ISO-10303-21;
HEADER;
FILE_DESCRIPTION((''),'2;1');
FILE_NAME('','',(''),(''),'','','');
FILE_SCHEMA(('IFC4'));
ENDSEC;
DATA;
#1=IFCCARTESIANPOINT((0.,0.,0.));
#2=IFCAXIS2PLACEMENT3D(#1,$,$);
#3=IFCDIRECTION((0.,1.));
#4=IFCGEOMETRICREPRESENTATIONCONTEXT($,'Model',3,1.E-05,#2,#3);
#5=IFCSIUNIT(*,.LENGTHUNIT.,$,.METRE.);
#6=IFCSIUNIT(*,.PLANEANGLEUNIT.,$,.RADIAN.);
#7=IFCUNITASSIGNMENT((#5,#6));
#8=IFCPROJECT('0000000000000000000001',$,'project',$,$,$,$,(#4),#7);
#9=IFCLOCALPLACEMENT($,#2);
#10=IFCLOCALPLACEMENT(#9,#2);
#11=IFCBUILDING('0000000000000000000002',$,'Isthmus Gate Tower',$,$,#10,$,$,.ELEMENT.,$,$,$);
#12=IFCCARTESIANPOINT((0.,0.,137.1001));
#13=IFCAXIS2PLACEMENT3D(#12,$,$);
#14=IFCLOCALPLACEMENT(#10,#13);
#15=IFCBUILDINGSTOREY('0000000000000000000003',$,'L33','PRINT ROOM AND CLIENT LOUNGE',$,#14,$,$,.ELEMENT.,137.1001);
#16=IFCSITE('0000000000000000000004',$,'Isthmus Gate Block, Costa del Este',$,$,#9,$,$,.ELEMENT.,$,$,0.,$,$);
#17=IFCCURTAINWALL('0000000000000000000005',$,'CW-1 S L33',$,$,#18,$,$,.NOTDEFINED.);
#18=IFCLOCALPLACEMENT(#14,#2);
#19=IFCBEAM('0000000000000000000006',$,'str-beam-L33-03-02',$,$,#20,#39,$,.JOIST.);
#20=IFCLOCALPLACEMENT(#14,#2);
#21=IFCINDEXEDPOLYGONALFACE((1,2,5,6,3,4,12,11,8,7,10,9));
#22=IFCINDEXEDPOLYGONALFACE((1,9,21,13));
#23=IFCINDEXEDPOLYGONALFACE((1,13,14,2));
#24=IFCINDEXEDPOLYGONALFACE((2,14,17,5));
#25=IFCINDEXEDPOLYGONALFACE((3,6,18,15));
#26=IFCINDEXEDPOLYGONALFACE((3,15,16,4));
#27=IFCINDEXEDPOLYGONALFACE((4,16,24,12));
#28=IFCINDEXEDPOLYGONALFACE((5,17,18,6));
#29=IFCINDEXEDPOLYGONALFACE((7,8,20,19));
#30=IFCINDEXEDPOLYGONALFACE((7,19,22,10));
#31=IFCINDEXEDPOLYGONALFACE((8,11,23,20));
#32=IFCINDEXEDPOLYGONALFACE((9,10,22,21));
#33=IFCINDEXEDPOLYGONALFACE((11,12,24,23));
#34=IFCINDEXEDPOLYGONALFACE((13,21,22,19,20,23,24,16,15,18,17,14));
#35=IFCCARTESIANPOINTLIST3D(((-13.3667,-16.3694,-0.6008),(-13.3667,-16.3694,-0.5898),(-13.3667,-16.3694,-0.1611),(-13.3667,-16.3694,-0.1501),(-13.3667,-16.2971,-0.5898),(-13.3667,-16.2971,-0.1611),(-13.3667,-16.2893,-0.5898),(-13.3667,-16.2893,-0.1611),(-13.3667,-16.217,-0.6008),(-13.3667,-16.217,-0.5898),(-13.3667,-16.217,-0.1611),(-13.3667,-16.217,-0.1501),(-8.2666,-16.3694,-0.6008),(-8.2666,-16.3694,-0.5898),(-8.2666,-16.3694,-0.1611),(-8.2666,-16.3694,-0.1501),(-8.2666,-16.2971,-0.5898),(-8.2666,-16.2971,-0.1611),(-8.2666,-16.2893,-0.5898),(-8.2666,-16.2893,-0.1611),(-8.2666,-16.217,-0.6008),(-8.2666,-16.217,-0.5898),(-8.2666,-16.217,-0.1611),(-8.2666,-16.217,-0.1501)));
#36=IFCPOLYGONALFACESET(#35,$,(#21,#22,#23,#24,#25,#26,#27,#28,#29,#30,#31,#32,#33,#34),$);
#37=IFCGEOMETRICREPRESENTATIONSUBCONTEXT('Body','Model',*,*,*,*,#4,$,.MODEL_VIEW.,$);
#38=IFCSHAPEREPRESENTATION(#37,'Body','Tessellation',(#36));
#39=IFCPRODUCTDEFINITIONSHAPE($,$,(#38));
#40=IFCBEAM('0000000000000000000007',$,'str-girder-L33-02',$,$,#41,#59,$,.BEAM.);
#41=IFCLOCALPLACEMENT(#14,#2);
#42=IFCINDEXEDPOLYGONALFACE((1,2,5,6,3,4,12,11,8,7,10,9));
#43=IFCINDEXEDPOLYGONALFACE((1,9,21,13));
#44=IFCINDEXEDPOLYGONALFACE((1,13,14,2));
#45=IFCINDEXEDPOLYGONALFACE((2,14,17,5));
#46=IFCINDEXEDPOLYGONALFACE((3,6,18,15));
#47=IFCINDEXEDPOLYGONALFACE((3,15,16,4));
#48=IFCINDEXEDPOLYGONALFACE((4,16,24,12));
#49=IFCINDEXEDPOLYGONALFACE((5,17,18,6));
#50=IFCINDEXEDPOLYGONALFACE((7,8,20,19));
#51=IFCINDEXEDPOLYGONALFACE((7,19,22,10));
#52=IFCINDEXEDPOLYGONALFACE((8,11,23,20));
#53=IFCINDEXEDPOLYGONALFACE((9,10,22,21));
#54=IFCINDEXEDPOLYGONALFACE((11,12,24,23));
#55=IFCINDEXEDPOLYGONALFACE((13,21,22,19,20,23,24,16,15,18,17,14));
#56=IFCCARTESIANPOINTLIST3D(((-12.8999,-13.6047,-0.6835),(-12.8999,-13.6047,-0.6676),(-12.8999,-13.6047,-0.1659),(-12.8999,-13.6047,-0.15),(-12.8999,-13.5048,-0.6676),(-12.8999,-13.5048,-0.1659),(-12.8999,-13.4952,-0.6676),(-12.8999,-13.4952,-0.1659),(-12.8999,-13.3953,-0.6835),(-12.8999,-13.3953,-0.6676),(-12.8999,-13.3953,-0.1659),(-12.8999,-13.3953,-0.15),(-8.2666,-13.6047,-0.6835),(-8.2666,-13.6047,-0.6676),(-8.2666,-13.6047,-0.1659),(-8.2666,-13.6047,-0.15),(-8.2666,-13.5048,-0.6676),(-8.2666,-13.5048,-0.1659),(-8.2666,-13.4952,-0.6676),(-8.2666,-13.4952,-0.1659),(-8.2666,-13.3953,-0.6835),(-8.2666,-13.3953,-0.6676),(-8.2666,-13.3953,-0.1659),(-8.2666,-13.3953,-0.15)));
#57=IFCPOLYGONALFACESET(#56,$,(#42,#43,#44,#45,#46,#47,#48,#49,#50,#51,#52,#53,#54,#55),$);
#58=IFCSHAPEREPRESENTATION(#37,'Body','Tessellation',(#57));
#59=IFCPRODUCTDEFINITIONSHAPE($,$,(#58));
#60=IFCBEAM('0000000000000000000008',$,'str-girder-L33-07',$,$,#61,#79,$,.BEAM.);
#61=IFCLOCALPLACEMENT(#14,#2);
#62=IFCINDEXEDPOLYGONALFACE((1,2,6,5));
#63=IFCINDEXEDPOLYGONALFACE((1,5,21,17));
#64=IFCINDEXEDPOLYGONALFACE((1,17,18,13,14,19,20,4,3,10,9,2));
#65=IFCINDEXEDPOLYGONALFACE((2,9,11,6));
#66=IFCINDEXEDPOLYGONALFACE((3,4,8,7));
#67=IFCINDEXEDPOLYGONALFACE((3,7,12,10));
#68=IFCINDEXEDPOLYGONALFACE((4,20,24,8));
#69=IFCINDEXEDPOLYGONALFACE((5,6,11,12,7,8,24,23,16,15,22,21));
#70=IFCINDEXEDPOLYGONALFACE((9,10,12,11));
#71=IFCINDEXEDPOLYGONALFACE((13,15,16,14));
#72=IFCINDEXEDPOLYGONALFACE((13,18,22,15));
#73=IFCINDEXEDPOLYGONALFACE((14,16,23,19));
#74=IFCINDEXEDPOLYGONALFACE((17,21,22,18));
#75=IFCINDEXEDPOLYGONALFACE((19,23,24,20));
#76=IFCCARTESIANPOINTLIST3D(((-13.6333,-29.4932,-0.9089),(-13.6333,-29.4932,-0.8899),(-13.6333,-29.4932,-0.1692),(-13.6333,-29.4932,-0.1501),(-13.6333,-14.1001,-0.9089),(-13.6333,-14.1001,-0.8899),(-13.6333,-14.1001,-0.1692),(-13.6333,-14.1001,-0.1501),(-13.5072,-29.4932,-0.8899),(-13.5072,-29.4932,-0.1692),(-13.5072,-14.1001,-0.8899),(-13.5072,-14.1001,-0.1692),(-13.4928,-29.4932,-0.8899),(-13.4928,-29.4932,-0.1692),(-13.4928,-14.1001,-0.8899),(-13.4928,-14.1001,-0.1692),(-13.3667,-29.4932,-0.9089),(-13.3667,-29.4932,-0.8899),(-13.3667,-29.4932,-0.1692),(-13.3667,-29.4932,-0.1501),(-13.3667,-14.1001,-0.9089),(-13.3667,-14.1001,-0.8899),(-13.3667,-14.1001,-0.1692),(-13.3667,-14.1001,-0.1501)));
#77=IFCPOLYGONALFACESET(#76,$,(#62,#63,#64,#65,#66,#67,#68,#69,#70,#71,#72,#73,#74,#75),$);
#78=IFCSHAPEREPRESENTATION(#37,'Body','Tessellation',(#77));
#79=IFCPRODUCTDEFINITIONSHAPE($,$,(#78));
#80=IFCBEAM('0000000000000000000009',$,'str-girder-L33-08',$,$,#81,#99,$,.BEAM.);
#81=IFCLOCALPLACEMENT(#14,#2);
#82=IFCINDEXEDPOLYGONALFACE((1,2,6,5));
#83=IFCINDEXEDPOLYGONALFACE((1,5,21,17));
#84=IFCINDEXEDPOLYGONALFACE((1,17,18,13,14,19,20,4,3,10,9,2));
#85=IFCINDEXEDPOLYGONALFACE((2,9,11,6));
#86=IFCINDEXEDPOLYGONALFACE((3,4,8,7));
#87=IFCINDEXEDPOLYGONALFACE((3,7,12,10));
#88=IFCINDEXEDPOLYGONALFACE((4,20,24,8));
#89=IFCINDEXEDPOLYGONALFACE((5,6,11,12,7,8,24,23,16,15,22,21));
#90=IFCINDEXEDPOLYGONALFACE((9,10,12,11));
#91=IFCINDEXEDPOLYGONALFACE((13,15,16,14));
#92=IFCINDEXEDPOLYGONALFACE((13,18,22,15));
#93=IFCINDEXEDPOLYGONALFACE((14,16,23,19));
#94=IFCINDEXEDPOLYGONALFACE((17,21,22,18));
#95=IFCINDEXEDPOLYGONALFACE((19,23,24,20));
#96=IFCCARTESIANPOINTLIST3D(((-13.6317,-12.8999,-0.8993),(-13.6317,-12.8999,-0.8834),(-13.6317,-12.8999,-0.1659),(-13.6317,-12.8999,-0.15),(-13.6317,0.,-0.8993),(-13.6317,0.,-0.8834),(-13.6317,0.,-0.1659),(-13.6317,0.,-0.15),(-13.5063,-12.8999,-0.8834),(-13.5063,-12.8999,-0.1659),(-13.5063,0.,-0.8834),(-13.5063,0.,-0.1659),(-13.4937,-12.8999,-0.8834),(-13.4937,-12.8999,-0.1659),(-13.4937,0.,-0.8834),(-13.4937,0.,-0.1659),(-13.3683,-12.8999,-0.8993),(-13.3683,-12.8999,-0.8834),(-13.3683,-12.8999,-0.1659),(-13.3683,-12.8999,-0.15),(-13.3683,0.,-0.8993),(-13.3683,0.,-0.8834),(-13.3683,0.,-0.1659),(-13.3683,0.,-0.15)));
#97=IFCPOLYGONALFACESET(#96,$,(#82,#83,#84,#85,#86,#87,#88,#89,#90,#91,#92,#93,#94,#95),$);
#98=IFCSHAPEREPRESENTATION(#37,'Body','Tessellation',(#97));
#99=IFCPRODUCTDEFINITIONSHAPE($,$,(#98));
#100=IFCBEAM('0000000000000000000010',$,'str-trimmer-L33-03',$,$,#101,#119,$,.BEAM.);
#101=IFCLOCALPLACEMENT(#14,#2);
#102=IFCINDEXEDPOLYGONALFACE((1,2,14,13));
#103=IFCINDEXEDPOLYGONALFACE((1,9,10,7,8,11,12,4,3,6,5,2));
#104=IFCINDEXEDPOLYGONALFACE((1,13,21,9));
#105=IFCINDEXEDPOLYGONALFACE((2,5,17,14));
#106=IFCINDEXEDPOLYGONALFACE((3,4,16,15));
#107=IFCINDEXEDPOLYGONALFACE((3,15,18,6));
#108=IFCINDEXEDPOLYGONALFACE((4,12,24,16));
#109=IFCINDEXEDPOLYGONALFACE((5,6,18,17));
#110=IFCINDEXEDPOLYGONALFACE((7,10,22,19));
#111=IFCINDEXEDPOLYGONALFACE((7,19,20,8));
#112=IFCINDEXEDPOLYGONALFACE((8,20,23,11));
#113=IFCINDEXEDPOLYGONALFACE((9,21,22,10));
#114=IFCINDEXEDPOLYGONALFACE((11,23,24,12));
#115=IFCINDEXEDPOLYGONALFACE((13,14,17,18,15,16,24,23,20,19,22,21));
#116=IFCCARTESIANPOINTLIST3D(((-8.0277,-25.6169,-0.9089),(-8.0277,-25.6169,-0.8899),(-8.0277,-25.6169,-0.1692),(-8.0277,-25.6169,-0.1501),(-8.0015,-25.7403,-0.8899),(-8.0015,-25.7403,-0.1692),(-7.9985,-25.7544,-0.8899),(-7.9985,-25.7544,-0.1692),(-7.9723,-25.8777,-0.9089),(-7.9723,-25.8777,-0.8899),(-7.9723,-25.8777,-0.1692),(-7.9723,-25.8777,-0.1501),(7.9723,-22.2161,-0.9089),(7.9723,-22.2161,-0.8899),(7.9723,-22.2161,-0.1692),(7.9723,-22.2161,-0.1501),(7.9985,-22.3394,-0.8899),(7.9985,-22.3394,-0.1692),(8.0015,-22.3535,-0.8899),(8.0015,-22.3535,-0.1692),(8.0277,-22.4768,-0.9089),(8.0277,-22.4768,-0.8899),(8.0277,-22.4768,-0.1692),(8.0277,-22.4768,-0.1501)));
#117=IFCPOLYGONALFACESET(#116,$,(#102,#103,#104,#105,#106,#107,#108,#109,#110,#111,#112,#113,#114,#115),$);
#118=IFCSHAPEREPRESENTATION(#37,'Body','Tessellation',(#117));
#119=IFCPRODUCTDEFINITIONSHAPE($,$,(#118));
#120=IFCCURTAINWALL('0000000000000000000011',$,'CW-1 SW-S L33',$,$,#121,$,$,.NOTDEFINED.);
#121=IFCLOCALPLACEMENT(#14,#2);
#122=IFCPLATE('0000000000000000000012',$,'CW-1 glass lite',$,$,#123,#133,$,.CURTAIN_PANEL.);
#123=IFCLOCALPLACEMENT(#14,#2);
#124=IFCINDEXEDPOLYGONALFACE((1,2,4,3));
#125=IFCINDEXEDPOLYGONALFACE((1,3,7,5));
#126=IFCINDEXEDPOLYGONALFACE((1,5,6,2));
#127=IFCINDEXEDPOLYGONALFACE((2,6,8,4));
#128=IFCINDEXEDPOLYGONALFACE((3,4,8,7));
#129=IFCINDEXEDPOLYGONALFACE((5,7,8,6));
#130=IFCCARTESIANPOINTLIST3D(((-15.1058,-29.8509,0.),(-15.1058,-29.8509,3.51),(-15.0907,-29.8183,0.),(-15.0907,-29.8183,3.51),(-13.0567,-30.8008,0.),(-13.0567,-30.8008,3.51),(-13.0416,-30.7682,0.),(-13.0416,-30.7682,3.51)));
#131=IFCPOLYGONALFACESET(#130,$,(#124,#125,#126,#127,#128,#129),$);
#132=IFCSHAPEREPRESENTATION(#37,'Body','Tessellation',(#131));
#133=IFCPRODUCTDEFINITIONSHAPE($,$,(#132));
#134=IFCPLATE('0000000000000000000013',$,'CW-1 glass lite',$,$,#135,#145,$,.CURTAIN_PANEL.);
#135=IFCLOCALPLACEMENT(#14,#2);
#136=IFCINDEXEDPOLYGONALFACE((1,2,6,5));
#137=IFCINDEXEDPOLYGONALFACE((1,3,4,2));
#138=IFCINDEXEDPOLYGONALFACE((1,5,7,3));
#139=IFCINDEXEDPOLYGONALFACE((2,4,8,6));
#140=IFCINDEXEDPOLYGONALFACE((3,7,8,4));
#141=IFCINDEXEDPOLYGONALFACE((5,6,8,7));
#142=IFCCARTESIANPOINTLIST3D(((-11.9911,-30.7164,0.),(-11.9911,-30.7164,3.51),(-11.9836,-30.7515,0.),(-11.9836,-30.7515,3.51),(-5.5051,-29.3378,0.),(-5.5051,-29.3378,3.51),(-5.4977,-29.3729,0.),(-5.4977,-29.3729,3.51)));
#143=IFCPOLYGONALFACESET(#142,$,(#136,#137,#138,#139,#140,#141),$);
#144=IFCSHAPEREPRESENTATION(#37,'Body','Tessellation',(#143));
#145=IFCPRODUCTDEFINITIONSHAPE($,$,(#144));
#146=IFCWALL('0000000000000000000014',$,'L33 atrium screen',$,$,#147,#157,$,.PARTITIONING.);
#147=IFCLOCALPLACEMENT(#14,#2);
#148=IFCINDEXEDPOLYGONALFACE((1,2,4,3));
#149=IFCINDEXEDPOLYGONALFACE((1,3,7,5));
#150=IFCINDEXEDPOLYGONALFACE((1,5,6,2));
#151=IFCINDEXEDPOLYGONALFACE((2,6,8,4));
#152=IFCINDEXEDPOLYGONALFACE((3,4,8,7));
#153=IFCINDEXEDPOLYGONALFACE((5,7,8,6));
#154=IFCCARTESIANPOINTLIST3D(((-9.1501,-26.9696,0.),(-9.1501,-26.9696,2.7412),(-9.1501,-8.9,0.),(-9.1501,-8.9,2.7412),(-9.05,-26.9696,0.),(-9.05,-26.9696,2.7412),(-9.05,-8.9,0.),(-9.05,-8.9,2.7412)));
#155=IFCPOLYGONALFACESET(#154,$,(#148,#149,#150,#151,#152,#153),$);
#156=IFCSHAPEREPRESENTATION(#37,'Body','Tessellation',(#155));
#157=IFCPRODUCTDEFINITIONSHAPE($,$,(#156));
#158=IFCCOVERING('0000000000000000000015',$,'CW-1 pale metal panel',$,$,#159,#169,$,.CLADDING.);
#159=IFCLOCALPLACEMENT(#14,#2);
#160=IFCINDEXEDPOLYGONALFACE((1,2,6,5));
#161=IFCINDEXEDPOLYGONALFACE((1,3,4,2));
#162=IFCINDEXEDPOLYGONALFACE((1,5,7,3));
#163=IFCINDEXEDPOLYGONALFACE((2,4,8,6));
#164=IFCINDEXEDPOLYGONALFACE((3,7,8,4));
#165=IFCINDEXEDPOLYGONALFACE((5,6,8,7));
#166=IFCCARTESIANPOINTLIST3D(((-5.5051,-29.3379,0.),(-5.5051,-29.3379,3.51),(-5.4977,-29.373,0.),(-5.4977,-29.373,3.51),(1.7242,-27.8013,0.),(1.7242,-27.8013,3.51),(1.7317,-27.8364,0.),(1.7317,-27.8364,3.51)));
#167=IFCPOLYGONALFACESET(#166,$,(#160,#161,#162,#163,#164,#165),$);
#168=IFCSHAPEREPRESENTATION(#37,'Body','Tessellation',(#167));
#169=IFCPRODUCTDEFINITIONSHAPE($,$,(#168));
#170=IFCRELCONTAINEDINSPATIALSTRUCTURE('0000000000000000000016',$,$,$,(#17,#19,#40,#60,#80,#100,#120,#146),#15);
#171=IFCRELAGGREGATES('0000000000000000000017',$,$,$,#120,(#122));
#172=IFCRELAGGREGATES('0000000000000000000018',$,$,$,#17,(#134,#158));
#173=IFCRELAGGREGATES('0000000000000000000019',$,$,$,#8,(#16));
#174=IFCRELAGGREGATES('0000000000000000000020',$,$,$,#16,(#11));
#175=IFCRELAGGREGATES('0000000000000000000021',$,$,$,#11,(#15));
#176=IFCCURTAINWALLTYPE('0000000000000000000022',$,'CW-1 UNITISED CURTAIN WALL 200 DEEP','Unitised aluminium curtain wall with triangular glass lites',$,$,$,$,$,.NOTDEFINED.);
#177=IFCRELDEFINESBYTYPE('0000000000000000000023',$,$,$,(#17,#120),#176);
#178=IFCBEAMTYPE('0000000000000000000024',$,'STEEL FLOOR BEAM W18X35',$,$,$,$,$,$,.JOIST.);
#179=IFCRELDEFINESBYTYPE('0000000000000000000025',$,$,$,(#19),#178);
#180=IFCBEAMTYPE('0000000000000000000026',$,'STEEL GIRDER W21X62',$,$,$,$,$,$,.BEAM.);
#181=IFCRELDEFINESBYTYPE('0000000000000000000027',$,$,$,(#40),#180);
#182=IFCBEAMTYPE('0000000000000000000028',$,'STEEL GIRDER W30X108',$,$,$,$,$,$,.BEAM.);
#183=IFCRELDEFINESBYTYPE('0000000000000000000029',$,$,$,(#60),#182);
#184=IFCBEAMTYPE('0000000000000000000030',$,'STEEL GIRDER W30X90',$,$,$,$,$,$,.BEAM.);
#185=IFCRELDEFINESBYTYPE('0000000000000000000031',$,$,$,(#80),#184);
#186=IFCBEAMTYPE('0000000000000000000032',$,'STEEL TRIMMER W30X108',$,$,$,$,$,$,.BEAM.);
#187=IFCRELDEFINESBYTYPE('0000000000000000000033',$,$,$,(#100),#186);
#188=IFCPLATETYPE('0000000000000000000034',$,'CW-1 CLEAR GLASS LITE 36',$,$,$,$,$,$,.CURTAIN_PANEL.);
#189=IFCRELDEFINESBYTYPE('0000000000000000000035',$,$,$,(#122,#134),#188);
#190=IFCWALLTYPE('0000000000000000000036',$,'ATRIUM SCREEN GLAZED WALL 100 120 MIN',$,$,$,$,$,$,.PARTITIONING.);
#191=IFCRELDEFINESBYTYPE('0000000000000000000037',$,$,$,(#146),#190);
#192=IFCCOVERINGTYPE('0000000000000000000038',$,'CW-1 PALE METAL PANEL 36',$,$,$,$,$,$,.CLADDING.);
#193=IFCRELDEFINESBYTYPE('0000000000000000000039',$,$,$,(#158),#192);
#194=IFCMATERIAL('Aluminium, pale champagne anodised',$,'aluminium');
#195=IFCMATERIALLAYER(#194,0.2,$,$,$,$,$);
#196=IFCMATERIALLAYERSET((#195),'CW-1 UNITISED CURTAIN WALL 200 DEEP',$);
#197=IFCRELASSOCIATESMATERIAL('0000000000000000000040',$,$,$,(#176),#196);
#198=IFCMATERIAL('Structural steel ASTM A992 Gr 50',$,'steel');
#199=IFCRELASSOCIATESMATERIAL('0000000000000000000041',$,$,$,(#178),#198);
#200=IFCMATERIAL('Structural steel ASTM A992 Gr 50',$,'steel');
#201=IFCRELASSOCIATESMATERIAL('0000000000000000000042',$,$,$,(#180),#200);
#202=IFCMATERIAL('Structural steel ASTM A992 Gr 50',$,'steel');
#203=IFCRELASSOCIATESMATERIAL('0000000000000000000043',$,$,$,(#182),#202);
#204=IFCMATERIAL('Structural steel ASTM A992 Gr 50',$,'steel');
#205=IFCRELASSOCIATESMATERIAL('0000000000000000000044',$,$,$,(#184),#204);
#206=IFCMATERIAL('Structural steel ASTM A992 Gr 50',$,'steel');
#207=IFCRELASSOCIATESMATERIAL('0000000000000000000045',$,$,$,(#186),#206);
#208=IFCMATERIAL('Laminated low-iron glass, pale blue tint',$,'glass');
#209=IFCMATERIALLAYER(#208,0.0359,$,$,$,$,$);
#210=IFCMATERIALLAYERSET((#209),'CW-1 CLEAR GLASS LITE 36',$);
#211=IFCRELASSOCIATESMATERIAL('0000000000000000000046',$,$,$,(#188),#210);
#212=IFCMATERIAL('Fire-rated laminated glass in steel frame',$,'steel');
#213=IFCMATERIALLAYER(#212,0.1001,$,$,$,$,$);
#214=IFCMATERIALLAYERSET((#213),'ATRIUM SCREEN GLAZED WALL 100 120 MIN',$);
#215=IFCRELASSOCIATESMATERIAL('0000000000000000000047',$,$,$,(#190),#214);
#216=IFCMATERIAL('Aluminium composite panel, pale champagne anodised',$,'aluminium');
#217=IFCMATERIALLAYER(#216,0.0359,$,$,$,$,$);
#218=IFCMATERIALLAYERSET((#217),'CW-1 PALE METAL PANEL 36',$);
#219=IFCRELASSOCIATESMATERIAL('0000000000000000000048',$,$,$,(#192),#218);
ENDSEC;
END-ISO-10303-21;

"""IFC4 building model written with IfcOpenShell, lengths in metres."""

from ifc_helpers import new_model, si_unit, direction, frame, frame_2d, origin, origin_2d, place, context, subcontext, project, spatial, rectangle, i_section, extrude, material, layer, layer_set, material_profile, profile_set, type_object, element, aggregate, save


model = new_model("IFC4")

# Units and contexts
model_context = context("Model", 3, precision=1e-05, world=origin(), true_north=direction((0.0, 1.0)))
body_context = subcontext(model_context, "Body", "Model", "MODEL_VIEW")
ifc_project = project(units=[si_unit("LENGTHUNIT", "METRE"), si_unit("PLANEANGLEUNIT", "RADIAN")], contexts=[model_context])

# Site, building, storey
site_placement = place(None, origin())
site = spatial("IfcSite", under=ifc_project, at=site_placement, Name="Isthmus Gate Block, Costa del Este", CompositionType="ELEMENT", RefElevation=0.0)
building_placement = place(site_placement, origin())
building = spatial("IfcBuilding", under=site, at=building_placement, Name="Isthmus Gate Tower", CompositionType="ELEMENT")
storey_placement = place(building_placement, frame((0.0, 0.0, 137.1001)))
storey = spatial("IfcBuildingStorey", under=building, at=storey_placement, Name="L33", Description="PRINT ROOM AND CLIENT LOUNGE", CompositionType="ELEMENT", Elevation=137.1001)

# Curtain wall
ifc_material_1 = material(Name="Aluminium, pale champagne anodised", Category="aluminium")
ifc_layer_1 = layer(ifc_material_1, 0.2)
ifc_layer_set_1 = layer_set([ifc_layer_1], Name="CW-1 UNITISED CURTAIN WALL 200 DEEP")
curtain_wall_type = type_object("IfcCurtainWallType", Name="CW-1 UNITISED CURTAIN WALL 200 DEEP", Description="Unitised aluminium curtain wall with triangular glass lites", PredefinedType="NOTDEFINED", material=ifc_layer_set_1)
curtain_wall_1_placement = place(storey_placement, origin())
curtain_wall_1 = element("IfcCurtainWall", 1, at=curtain_wall_1_placement, inside=storey, type_object=curtain_wall_type, Name="CW-1 S L33", PredefinedType="NOTDEFINED")

# Beams
ifc_material_2 = material(Name="Structural steel ASTM A992 Gr 50", Category="steel")
ifc_material_profile_1 = material_profile(ifc_material_2, i_section(OverallWidth=0.1523, OverallDepth=0.4507, WebThickness=0.0078, FlangeThickness=0.011, at=origin_2d()), Name="W18X35")
ifc_profile_set_1 = profile_set([ifc_material_profile_1], Name="Structural steel ASTM A992 Gr 50")
beam_type_1 = type_object("IfcBeamType", Name="STEEL FLOOR BEAM W18X35", PredefinedType="JOIST", material=ifc_profile_set_1)
for number, where, z_axis, x_axis, name in (
    (2, (-13.3667, -16.2932, -0.3755), (1.0, 0.0, 0.0), (0.0, 1.0, 0.0), "str-beam-L33-03-02"),
):
    element("IfcBeam", number, at=place(storey_placement, frame(where, z_axis=z_axis, x_axis=x_axis)), inside=storey, type_object=beam_type_1, Name=name, PredefinedType="JOIST", context=body_context, shape_type="SweptSolid", body=[
        extrude(i_section(OverallWidth=0.1523, OverallDepth=0.4507, WebThickness=0.0078, FlangeThickness=0.011, at=origin_2d()), origin(), (0.0, 0.0, 1.0), 5.1001),
    ])
ifc_material_3 = material(Name="Structural steel ASTM A992 Gr 50", Category="steel")
ifc_material_profile_2 = material_profile(ifc_material_3, i_section(OverallWidth=0.2095, OverallDepth=0.5334, WebThickness=0.0095, FlangeThickness=0.0159, at=origin_2d()), Name="W21X62")
ifc_profile_set_2 = profile_set([ifc_material_profile_2], Name="Structural steel ASTM A992 Gr 50")
beam_type_2 = type_object("IfcBeamType", Name="STEEL GIRDER W21X62", PredefinedType="BEAM", material=ifc_profile_set_2)
beam_1_placement = place(storey_placement, frame((-12.8999, -13.5, -0.4167), z_axis=(1.0, 0.0, 0.0), x_axis=(0.0, 1.0, 0.0)))
element("IfcBeam", 3, at=beam_1_placement, inside=storey, type_object=beam_type_2, Name="str-girder-L33-02", PredefinedType="BEAM", context=body_context, shape_type="SweptSolid", body=[
    extrude(i_section(OverallWidth=0.2095, OverallDepth=0.5334, WebThickness=0.0095, FlangeThickness=0.0159, at=origin_2d()), origin(), (0.0, 0.0, 1.0), 4.6333),
])
ifc_material_4 = material(Name="Structural steel ASTM A992 Gr 50", Category="steel")
ifc_material_profile_3 = material_profile(ifc_material_4, i_section(OverallWidth=0.2666, OverallDepth=0.7588, WebThickness=0.0144, FlangeThickness=0.019, at=origin_2d()), Name="W30X108")
ifc_profile_set_3 = profile_set([ifc_material_profile_3], Name="Structural steel ASTM A992 Gr 50")
beam_type_3 = type_object("IfcBeamType", Name="STEEL GIRDER W30X108", PredefinedType="BEAM", material=ifc_profile_set_3)
beam_2_placement = place(storey_placement, frame((-13.5, -29.4932, -0.5295), z_axis=(0.0, 1.0, 0.0), x_axis=(-1.0, 0.0, 0.0)))
element("IfcBeam", 4, at=beam_2_placement, inside=storey, type_object=beam_type_3, Name="str-girder-L33-07", PredefinedType="BEAM", context=body_context, shape_type="SweptSolid", body=[
    extrude(i_section(OverallWidth=0.2666, OverallDepth=0.7588, WebThickness=0.0144, FlangeThickness=0.019, at=origin_2d()), origin(), (0.0, 0.0, 1.0), 15.3931),
])
ifc_material_5 = material(Name="Structural steel ASTM A992 Gr 50", Category="steel")
ifc_material_profile_4 = material_profile(ifc_material_5, i_section(OverallWidth=0.2634, OverallDepth=0.7493, WebThickness=0.0127, FlangeThickness=0.0159, at=origin_2d()), Name="W30X90")
ifc_profile_set_4 = profile_set([ifc_material_profile_4], Name="Structural steel ASTM A992 Gr 50")
beam_type_4 = type_object("IfcBeamType", Name="STEEL GIRDER W30X90", PredefinedType="BEAM", material=ifc_profile_set_4)
beam_3_placement = place(storey_placement, frame((-13.5, -12.8999, -0.5247), z_axis=(0.0, 1.0, 0.0), x_axis=(-1.0, 0.0, 0.0)))
element("IfcBeam", 5, at=beam_3_placement, inside=storey, type_object=beam_type_4, Name="str-girder-L33-08", PredefinedType="BEAM", context=body_context, shape_type="SweptSolid", body=[
    extrude(i_section(OverallWidth=0.2634, OverallDepth=0.7493, WebThickness=0.0127, FlangeThickness=0.0159, at=origin_2d()), origin(), (0.0, 0.0, 1.0), 12.8999),
])
ifc_material_6 = material(Name="Structural steel ASTM A992 Gr 50", Category="steel")
ifc_material_profile_5 = material_profile(ifc_material_6, i_section(OverallWidth=0.2666, OverallDepth=0.7588, WebThickness=0.0144, FlangeThickness=0.019, at=origin_2d()), Name="W30X108")
ifc_profile_set_5 = profile_set([ifc_material_profile_5], Name="Structural steel ASTM A992 Gr 50")
beam_type_5 = type_object("IfcBeamType", Name="STEEL TRIMMER W30X108", PredefinedType="BEAM", material=ifc_profile_set_5)
beam_4_placement = place(storey_placement, frame((-8.0, -25.7473, -0.5295), z_axis=(0.978148, 0.20791, 0.0), x_axis=(-0.20791, 0.978148, 0.0)))
element("IfcBeam", 6, at=beam_4_placement, inside=storey, type_object=beam_type_5, Name="str-trimmer-L33-03", PredefinedType="BEAM", context=body_context, shape_type="SweptSolid", body=[
    extrude(i_section(OverallWidth=0.2666, OverallDepth=0.7588, WebThickness=0.0144, FlangeThickness=0.019, at=origin_2d()), origin(), (0.0, 0.0, 1.0), 16.3574),
])

# Curtain wall, plate
curtain_wall_2_placement = place(storey_placement, origin())
curtain_wall_2 = element("IfcCurtainWall", 7, at=curtain_wall_2_placement, inside=storey, type_object=curtain_wall_type, Name="CW-1 SW-S L33", PredefinedType="NOTDEFINED")
ifc_material_7 = material(Name="Laminated low-iron glass, pale blue tint", Category="glass")
ifc_layer_2 = layer(ifc_material_7, 0.0359)
ifc_layer_set_2 = layer_set([ifc_layer_2], Name="CW-1 CLEAR GLASS LITE 36")
plate_type = type_object("IfcPlateType", Name="CW-1 CLEAR GLASS LITE 36", PredefinedType="CURTAIN_PANEL", material=ifc_layer_set_2)
plate_1_placement = place(storey_placement, frame((-14.0737, -30.3096, 0.0), z_axis=(0.0, 0.0, 1.0), x_axis=(0.907256, -0.420578, 0.0)))
plate_1 = element("IfcPlate", 8, at=plate_1_placement, type_object=plate_type, Name="CW-1 glass lite", PredefinedType="CURTAIN_PANEL", context=body_context, shape_type="SweptSolid", body=[
    extrude(rectangle(XDim=2.2585, YDim=0.0359, at=origin_2d()), origin(), (0.0, 0.0, 1.0), 3.51),
])
aggregate(curtain_wall_2, [plate_1])

# Plate
plate_2_placement = place(storey_placement, frame((-8.7444, -30.0447, 0.0), z_axis=(0.0, 0.0, 1.0), x_axis=(0.978148, 0.207912, 0.0)))
plate_2 = element("IfcPlate", 9, at=plate_2_placement, type_object=plate_type, Name="CW-1 glass lite", PredefinedType="CURTAIN_PANEL", context=body_context, shape_type="SweptSolid", body=[
    extrude(rectangle(XDim=6.6309, YDim=0.0359, at=origin_2d()), origin(), (0.0, 0.0, 1.0), 3.51),
])

# Wall
ifc_material_8 = material(Name="Fire-rated laminated glass in steel frame", Category="steel")
ifc_layer_3 = layer(ifc_material_8, 0.1001)
ifc_layer_set_3 = layer_set([ifc_layer_3], Name="ATRIUM SCREEN GLAZED WALL 100 120 MIN")
wall_type = type_object("IfcWallType", Name="ATRIUM SCREEN GLAZED WALL 100 120 MIN", PredefinedType="PARTITIONING", material=ifc_layer_set_3)
wall_placement = place(storey_placement, frame((-9.1001, -26.9695, 0.0), z_axis=(0.0, 0.0, 1.0), x_axis=(0.0, 1.0, 0.0)))
element("IfcWall", 10, at=wall_placement, inside=storey, type_object=wall_type, Name="L33 atrium screen", PredefinedType="PARTITIONING", context=body_context, shape_type="SweptSolid", body=[
    extrude(rectangle(XDim=18.0696, YDim=0.1001, at=frame_2d((9.0347, 0.0))), origin(), (0.0, 0.0, 1.0), 2.7412),
])

# Covering
ifc_material_9 = material(Name="Aluminium composite panel, pale champagne anodised", Category="aluminium")
ifc_layer_4 = layer(ifc_material_9, 0.0359)
ifc_layer_set_4 = layer_set([ifc_layer_4], Name="CW-1 PALE METAL PANEL 36")
covering_type = type_object("IfcCoveringType", Name="CW-1 PALE METAL PANEL 36", PredefinedType="CLADDING", material=ifc_layer_set_4)
covering_placement = place(storey_placement, frame((-1.8867, -28.5872, 0.0), z_axis=(0.0, 0.0, 1.0), x_axis=(0.978148, 0.207912, 0.0)))
covering = element("IfcCovering", 11, at=covering_placement, type_object=covering_type, Name="CW-1 pale metal panel", PredefinedType="CLADDING", context=body_context, shape_type="SweptSolid", body=[
    extrude(rectangle(XDim=7.3909, YDim=0.0359, at=origin_2d()), origin(), (0.0, 0.0, 1.0), 3.51),
])
aggregate(curtain_wall_1, [plate_2, covering])

save(model, "model.ifc")
